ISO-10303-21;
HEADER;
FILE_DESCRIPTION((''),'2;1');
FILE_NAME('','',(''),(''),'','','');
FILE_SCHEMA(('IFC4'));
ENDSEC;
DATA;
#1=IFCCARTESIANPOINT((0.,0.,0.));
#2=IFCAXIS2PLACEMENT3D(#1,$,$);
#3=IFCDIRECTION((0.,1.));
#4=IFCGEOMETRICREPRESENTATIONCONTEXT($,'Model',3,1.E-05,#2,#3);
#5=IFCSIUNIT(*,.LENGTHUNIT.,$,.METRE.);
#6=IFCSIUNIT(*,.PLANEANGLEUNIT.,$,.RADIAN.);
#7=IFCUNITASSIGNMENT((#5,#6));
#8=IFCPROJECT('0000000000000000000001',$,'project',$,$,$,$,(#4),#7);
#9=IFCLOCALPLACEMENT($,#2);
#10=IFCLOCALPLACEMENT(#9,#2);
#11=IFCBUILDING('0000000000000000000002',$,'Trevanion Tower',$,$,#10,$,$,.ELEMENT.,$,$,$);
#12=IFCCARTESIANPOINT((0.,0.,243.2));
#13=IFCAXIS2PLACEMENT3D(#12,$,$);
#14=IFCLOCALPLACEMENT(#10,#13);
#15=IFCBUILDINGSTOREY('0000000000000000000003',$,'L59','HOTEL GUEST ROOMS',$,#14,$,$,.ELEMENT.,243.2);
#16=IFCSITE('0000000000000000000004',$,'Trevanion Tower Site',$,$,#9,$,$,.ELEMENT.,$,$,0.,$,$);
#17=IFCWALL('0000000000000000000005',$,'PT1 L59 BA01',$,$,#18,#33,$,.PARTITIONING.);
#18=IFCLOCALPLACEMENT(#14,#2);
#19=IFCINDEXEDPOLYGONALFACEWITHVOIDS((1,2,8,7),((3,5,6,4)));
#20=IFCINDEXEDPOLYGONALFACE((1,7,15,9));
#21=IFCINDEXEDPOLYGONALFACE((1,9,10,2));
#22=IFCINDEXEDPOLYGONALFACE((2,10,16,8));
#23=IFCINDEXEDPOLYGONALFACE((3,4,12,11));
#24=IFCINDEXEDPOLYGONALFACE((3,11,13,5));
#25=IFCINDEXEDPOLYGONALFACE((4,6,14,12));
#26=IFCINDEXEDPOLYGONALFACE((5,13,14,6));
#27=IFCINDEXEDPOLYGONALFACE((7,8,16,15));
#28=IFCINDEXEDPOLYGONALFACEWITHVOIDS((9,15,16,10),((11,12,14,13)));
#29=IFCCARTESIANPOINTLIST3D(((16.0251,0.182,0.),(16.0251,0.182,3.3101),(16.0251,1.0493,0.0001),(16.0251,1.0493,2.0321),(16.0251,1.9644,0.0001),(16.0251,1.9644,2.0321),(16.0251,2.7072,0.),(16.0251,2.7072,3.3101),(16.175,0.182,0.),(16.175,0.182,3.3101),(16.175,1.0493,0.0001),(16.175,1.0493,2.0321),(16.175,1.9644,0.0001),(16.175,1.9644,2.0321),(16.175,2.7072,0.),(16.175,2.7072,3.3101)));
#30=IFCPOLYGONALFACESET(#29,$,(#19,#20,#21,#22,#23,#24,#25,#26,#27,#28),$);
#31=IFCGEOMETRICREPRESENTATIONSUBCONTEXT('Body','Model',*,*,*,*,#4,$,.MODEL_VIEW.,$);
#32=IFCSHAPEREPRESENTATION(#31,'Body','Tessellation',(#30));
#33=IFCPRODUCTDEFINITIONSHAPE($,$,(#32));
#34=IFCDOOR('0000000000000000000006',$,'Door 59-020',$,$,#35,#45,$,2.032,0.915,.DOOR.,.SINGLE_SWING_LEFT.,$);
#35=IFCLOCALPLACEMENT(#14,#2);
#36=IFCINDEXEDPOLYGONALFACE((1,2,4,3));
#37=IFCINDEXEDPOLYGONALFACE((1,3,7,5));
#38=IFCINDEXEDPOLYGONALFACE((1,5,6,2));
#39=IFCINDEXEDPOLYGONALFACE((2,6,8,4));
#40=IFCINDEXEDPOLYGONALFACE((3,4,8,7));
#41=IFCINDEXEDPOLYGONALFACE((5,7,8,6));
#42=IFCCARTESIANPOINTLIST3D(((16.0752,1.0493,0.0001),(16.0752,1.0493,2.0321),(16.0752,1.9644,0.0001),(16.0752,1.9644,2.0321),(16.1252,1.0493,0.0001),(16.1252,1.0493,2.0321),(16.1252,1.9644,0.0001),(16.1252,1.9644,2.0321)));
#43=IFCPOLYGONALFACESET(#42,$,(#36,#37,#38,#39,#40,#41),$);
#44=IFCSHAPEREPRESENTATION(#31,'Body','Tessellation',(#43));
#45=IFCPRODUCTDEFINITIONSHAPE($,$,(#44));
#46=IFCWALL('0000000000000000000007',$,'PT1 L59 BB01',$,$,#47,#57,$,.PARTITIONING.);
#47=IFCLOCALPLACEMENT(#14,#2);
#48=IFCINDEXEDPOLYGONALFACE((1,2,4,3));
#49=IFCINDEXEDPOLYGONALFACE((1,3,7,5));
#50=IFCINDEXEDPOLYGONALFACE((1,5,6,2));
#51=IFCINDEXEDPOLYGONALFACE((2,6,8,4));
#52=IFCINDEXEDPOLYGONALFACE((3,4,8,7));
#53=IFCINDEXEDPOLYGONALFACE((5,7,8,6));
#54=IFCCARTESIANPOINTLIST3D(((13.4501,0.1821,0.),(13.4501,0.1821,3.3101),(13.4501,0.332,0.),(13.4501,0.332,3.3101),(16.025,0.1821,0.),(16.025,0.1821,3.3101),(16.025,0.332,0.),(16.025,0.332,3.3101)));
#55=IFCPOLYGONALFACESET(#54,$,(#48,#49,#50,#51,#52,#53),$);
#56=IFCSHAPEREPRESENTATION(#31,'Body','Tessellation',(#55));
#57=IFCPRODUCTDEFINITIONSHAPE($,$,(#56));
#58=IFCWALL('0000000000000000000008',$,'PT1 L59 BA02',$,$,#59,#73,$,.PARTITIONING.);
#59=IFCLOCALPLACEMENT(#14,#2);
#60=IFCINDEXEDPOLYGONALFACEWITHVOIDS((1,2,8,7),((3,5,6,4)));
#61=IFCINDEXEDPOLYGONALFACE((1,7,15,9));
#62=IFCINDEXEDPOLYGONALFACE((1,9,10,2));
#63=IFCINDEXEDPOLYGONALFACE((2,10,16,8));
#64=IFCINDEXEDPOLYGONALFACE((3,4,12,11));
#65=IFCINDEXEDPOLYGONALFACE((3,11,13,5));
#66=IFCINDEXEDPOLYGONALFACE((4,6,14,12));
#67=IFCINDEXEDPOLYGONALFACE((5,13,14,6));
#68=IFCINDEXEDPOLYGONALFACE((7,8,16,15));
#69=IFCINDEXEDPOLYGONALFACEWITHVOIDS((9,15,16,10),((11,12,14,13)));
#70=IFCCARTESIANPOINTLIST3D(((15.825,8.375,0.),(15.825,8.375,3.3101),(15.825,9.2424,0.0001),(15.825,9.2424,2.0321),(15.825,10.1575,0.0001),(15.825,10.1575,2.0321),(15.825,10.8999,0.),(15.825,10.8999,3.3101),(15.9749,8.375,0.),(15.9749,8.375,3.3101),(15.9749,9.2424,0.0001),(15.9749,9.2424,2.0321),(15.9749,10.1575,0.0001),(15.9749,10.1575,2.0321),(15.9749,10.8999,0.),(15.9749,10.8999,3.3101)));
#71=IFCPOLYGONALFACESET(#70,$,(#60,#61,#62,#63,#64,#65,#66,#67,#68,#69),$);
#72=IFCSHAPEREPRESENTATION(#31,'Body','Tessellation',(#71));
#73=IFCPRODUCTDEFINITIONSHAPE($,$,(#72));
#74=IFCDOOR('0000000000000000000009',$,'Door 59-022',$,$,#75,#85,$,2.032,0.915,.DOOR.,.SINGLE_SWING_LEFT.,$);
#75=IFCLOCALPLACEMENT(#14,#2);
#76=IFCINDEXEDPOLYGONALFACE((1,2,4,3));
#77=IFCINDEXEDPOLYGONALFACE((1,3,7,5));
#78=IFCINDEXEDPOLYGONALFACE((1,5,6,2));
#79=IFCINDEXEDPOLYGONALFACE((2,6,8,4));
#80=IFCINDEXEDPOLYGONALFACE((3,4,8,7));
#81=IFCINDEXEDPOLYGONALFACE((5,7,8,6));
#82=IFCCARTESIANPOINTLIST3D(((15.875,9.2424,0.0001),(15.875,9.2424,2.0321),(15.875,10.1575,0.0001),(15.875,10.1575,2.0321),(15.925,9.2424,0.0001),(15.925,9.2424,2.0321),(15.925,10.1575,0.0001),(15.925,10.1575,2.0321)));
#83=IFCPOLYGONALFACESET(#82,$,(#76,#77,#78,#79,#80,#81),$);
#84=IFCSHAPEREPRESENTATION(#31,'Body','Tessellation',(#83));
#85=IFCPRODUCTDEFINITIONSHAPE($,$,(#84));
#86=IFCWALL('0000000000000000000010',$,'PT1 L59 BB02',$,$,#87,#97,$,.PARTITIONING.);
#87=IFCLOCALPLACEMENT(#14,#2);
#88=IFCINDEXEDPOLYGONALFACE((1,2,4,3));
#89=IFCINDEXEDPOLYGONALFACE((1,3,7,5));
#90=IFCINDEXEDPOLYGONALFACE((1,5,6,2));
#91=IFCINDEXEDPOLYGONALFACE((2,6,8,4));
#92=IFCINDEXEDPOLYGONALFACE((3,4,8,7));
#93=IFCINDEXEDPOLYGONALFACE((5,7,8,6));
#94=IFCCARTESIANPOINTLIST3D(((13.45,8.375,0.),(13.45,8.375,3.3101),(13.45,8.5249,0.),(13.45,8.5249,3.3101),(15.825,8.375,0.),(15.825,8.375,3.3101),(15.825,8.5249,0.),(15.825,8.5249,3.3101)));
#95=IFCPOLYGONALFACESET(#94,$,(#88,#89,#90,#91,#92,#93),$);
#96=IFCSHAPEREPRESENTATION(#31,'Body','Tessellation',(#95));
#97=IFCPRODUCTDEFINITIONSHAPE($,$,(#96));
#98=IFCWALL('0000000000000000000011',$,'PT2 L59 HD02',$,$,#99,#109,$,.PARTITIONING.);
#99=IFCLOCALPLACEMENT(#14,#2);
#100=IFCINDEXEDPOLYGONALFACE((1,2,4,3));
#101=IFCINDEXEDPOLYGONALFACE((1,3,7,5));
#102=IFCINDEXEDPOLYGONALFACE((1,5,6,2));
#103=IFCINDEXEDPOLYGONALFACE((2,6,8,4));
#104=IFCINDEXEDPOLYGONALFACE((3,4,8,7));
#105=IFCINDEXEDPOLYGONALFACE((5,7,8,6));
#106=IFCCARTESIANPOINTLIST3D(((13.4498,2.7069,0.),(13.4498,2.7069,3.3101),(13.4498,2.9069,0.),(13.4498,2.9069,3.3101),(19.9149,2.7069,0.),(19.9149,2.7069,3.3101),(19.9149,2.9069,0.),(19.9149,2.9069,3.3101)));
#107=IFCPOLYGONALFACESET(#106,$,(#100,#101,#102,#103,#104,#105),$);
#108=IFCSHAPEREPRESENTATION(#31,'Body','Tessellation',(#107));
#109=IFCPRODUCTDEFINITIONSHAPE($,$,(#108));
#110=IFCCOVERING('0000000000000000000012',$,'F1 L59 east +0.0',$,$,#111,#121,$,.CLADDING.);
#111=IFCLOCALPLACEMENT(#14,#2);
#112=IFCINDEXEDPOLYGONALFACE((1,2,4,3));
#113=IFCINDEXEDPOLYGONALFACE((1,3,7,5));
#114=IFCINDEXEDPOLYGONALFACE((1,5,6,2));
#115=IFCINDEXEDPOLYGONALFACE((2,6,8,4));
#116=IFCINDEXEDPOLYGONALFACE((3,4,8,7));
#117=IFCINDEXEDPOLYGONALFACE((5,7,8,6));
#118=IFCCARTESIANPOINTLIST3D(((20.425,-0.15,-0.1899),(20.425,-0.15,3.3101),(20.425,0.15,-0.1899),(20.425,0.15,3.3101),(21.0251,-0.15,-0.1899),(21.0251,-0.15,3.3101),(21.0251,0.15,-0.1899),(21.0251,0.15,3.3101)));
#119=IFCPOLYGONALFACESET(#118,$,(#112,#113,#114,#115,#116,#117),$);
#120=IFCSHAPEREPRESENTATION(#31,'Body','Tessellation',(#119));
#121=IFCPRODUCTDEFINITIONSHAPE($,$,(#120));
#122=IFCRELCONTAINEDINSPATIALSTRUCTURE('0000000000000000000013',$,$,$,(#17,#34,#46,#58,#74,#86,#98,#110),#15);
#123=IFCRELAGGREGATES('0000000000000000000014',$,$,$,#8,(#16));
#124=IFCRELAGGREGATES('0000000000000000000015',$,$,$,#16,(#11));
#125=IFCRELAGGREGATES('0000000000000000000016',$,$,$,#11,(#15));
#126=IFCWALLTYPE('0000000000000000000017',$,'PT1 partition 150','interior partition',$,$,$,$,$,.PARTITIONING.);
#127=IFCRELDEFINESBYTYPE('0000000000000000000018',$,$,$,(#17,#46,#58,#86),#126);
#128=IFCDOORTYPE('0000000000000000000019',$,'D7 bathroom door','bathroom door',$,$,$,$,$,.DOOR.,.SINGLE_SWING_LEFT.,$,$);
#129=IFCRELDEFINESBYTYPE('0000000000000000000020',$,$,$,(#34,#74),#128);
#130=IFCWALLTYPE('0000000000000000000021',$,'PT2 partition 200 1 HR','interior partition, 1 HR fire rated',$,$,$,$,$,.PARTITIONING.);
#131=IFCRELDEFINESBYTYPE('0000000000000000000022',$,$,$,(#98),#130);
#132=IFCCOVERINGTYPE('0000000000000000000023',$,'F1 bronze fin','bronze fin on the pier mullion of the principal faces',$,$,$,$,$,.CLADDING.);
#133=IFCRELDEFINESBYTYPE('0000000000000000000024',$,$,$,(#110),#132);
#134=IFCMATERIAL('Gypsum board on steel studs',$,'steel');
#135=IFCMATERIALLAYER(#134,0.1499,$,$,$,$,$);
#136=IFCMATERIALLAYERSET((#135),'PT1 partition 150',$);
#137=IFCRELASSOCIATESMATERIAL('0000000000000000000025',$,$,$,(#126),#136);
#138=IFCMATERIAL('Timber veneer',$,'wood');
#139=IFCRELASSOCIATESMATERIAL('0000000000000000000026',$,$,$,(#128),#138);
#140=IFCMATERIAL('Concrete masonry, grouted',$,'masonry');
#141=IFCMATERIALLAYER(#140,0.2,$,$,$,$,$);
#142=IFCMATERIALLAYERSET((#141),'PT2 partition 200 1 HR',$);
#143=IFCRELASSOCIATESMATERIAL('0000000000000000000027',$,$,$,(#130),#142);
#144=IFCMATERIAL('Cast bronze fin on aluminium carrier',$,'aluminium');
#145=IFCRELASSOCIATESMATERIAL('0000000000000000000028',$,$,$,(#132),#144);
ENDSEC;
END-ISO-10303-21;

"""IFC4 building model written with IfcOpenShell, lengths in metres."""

from ifc_helpers import new_model, si_unit, direction, frame, frame_2d, origin, origin_2d, place, context, subcontext, project, spatial, rectangle, extrude, material, layer, layer_set, type_object, element, fill, save


model = new_model("IFC4")

# Units and contexts
model_context = context("Model", 3, precision=1e-05, world=origin(), true_north=direction((0.0, 1.0)))
body_context = subcontext(model_context, "Body", "Model", "MODEL_VIEW")
ifc_project = project(units=[si_unit("LENGTHUNIT", "METRE"), si_unit("PLANEANGLEUNIT", "RADIAN")], contexts=[model_context])

# Site, building, storey
site_placement = place(None, origin())
site = spatial("IfcSite", under=ifc_project, at=site_placement, Name="Trevanion Tower Site", CompositionType="ELEMENT", RefElevation=0.0)
building_placement = place(site_placement, origin())
building = spatial("IfcBuilding", under=site, at=building_placement, Name="Trevanion Tower", CompositionType="ELEMENT")
storey_placement = place(building_placement, frame((0.0, 0.0, 243.2)))
storey = spatial("IfcBuildingStorey", under=building, at=storey_placement, Name="L59", Description="HOTEL GUEST ROOMS", CompositionType="ELEMENT", Elevation=243.2)

# Wall, opening, door
ifc_material_1 = material(Name="Gypsum board on steel studs", Category="steel")
ifc_layer_1 = layer(ifc_material_1, 0.1499)
ifc_layer_set_1 = layer_set([ifc_layer_1], Name="PT1 partition 150")
wall_type_1 = type_object("IfcWallType", Name="PT1 partition 150", Description="interior partition", PredefinedType="PARTITIONING", material=ifc_layer_set_1)
wall_1_placement = place(storey_placement, frame((16.1001, 0.1819, 0.0), z_axis=(0.0, 0.0, 1.0), x_axis=(0.0, 1.0, 0.0)))
wall_1 = element("IfcWall", 1, at=wall_1_placement, inside=storey, type_object=wall_type_1, Name="PT1 L59 BA01", PredefinedType="PARTITIONING", context=body_context, shape_type="SweptSolid", body=[
    extrude(rectangle(XDim=2.5251, YDim=0.1499, at=frame_2d((1.2627, 0.0))), origin(), (0.0, 0.0, 1.0), 3.3101),
])
opening_1_placement = place(wall_1_placement, frame((0.8674, 0.0, 0.0)))
opening_1 = element("IfcOpeningElement", 2, at=opening_1_placement, cuts=wall_1, PredefinedType="OPENING", context=body_context, shape_type="SweptSolid", body=[
    extrude(rectangle(XDim=0.915, YDim=2.032, at=frame_2d((0.4575, 1.0161))), frame((0.0, 0.085, 0.0), z_axis=(0.0, -1.0, 0.0), x_axis=(1.0, 0.0, 0.0)), (0.0, 0.0, 1.0), 0.1699),
])
ifc_material_2 = material(Name="Timber veneer", Category="wood")
door_type = type_object("IfcDoorType", Name="D7 bathroom door", Description="bathroom door", OperationType="SINGLE_SWING_LEFT", PredefinedType="DOOR", material=ifc_material_2)
door_1_placement = place(opening_1_placement, origin())
door_1 = element("IfcDoor", 3, at=door_1_placement, inside=storey, type_object=door_type, Name="Door 59-020", OperationType="SINGLE_SWING_LEFT", OverallHeight=2.032, OverallWidth=0.915, PredefinedType="DOOR", context=body_context, shape_type="SweptSolid", body=[
    extrude(rectangle(XDim=0.915, YDim=2.032, at=frame_2d((0.4575, 1.0161))), frame((0.0, 0.0249, 0.0), z_axis=(0.0, -1.0, 0.0), x_axis=(1.0, 0.0, 0.0)), (0.0, 0.0, 1.0), 0.05),
])
fill(opening_1, door_1)

# Wall
wall_2_placement = place(storey_placement, frame((13.45, 0.2571, 0.0), z_axis=(0.0, 0.0, 1.0), x_axis=(1.0, 0.0, 0.0)))
element("IfcWall", 4, at=wall_2_placement, inside=storey, type_object=wall_type_1, Name="PT1 L59 BB01", PredefinedType="PARTITIONING", context=body_context, shape_type="SweptSolid", body=[
    extrude(rectangle(XDim=2.575, YDim=0.1499, at=frame_2d((1.2876, 0.0))), origin(), (0.0, 0.0, 1.0), 3.3101),
])

# Wall, opening, door
wall_3_placement = place(storey_placement, frame((15.8999, 8.375, 0.0), z_axis=(0.0, 0.0, 1.0), x_axis=(0.0, 1.0, 0.0)))
wall_3 = element("IfcWall", 5, at=wall_3_placement, inside=storey, type_object=wall_type_1, Name="PT1 L59 BA02", PredefinedType="PARTITIONING", context=body_context, shape_type="SweptSolid", body=[
    extrude(rectangle(XDim=2.5249, YDim=0.1499, at=frame_2d((1.2625, 0.0))), origin(), (0.0, 0.0, 1.0), 3.3101),
])
opening_2_placement = place(wall_3_placement, frame((0.8674, 0.0, 0.0)))
opening_2 = element("IfcOpeningElement", 6, at=opening_2_placement, cuts=wall_3, PredefinedType="OPENING", context=body_context, shape_type="SweptSolid", body=[
    extrude(rectangle(XDim=0.915, YDim=2.032, at=frame_2d((0.4575, 1.0161))), frame((0.0, 0.085, 0.0), z_axis=(0.0, -1.0, 0.0), x_axis=(1.0, 0.0, 0.0)), (0.0, 0.0, 1.0), 0.1699),
])
door_2_placement = place(opening_2_placement, origin())
door_2 = element("IfcDoor", 7, at=door_2_placement, inside=storey, type_object=door_type, Name="Door 59-022", OperationType="SINGLE_SWING_LEFT", OverallHeight=2.032, OverallWidth=0.915, PredefinedType="DOOR", context=body_context, shape_type="SweptSolid", body=[
    extrude(rectangle(XDim=0.915, YDim=2.032, at=frame_2d((0.4575, 1.0161))), frame((0.0, 0.0249, 0.0), z_axis=(0.0, -1.0, 0.0), x_axis=(1.0, 0.0, 0.0)), (0.0, 0.0, 1.0), 0.05),
])
fill(opening_2, door_2)

# Walls
wall_4_placement = place(storey_placement, frame((13.45, 8.45, 0.0), z_axis=(0.0, 0.0, 1.0), x_axis=(1.0, 0.0, 0.0)))
element("IfcWall", 8, at=wall_4_placement, inside=storey, type_object=wall_type_1, Name="PT1 L59 BB02", PredefinedType="PARTITIONING", context=body_context, shape_type="SweptSolid", body=[
    extrude(rectangle(XDim=2.375, YDim=0.1499, at=frame_2d((1.1875, 0.0))), origin(), (0.0, 0.0, 1.0), 3.3101),
])
ifc_material_3 = material(Name="Concrete masonry, grouted", Category="masonry")
ifc_layer_2 = layer(ifc_material_3, 0.2)
ifc_layer_set_2 = layer_set([ifc_layer_2], Name="PT2 partition 200 1 HR")
wall_type_2 = type_object("IfcWallType", Name="PT2 partition 200 1 HR", Description="interior partition, 1 HR fire rated", PredefinedType="PARTITIONING", material=ifc_layer_set_2)
wall_5_placement = place(storey_placement, frame((13.45, 2.8069, 0.0), z_axis=(0.0, 0.0, 1.0), x_axis=(1.0, 0.0, 0.0)))
element("IfcWall", 9, at=wall_5_placement, inside=storey, type_object=wall_type_2, Name="PT2 L59 HD02", PredefinedType="PARTITIONING", context=body_context, shape_type="SweptSolid", body=[
    extrude(rectangle(XDim=6.4651, YDim=0.2, at=frame_2d((3.2324, 0.0))), origin(), (0.0, 0.0, 1.0), 3.3101),
])

# Covering
ifc_material_4 = material(Name="Cast bronze fin on aluminium carrier", Category="aluminium")
covering_type = type_object("IfcCoveringType", Name="F1 bronze fin", Description="bronze fin on the pier mullion of the principal faces", PredefinedType="CLADDING", material=ifc_material_4)
covering_placement = place(storey_placement, frame((20.7251, 0.0, -0.1899), z_axis=(0.0, 0.0, 1.0), x_axis=(0.0, 1.0, 0.0)))
element("IfcCovering", 10, at=covering_placement, inside=storey, type_object=covering_type, Name="F1 L59 east +0.0", PredefinedType="CLADDING", context=body_context, shape_type="SweptSolid", body=[
    extrude(rectangle(XDim=0.3, YDim=0.6001, at=origin_2d()), origin(), (0.0, 0.0, 1.0), 3.5),
])

save(model, "model.ifc")
